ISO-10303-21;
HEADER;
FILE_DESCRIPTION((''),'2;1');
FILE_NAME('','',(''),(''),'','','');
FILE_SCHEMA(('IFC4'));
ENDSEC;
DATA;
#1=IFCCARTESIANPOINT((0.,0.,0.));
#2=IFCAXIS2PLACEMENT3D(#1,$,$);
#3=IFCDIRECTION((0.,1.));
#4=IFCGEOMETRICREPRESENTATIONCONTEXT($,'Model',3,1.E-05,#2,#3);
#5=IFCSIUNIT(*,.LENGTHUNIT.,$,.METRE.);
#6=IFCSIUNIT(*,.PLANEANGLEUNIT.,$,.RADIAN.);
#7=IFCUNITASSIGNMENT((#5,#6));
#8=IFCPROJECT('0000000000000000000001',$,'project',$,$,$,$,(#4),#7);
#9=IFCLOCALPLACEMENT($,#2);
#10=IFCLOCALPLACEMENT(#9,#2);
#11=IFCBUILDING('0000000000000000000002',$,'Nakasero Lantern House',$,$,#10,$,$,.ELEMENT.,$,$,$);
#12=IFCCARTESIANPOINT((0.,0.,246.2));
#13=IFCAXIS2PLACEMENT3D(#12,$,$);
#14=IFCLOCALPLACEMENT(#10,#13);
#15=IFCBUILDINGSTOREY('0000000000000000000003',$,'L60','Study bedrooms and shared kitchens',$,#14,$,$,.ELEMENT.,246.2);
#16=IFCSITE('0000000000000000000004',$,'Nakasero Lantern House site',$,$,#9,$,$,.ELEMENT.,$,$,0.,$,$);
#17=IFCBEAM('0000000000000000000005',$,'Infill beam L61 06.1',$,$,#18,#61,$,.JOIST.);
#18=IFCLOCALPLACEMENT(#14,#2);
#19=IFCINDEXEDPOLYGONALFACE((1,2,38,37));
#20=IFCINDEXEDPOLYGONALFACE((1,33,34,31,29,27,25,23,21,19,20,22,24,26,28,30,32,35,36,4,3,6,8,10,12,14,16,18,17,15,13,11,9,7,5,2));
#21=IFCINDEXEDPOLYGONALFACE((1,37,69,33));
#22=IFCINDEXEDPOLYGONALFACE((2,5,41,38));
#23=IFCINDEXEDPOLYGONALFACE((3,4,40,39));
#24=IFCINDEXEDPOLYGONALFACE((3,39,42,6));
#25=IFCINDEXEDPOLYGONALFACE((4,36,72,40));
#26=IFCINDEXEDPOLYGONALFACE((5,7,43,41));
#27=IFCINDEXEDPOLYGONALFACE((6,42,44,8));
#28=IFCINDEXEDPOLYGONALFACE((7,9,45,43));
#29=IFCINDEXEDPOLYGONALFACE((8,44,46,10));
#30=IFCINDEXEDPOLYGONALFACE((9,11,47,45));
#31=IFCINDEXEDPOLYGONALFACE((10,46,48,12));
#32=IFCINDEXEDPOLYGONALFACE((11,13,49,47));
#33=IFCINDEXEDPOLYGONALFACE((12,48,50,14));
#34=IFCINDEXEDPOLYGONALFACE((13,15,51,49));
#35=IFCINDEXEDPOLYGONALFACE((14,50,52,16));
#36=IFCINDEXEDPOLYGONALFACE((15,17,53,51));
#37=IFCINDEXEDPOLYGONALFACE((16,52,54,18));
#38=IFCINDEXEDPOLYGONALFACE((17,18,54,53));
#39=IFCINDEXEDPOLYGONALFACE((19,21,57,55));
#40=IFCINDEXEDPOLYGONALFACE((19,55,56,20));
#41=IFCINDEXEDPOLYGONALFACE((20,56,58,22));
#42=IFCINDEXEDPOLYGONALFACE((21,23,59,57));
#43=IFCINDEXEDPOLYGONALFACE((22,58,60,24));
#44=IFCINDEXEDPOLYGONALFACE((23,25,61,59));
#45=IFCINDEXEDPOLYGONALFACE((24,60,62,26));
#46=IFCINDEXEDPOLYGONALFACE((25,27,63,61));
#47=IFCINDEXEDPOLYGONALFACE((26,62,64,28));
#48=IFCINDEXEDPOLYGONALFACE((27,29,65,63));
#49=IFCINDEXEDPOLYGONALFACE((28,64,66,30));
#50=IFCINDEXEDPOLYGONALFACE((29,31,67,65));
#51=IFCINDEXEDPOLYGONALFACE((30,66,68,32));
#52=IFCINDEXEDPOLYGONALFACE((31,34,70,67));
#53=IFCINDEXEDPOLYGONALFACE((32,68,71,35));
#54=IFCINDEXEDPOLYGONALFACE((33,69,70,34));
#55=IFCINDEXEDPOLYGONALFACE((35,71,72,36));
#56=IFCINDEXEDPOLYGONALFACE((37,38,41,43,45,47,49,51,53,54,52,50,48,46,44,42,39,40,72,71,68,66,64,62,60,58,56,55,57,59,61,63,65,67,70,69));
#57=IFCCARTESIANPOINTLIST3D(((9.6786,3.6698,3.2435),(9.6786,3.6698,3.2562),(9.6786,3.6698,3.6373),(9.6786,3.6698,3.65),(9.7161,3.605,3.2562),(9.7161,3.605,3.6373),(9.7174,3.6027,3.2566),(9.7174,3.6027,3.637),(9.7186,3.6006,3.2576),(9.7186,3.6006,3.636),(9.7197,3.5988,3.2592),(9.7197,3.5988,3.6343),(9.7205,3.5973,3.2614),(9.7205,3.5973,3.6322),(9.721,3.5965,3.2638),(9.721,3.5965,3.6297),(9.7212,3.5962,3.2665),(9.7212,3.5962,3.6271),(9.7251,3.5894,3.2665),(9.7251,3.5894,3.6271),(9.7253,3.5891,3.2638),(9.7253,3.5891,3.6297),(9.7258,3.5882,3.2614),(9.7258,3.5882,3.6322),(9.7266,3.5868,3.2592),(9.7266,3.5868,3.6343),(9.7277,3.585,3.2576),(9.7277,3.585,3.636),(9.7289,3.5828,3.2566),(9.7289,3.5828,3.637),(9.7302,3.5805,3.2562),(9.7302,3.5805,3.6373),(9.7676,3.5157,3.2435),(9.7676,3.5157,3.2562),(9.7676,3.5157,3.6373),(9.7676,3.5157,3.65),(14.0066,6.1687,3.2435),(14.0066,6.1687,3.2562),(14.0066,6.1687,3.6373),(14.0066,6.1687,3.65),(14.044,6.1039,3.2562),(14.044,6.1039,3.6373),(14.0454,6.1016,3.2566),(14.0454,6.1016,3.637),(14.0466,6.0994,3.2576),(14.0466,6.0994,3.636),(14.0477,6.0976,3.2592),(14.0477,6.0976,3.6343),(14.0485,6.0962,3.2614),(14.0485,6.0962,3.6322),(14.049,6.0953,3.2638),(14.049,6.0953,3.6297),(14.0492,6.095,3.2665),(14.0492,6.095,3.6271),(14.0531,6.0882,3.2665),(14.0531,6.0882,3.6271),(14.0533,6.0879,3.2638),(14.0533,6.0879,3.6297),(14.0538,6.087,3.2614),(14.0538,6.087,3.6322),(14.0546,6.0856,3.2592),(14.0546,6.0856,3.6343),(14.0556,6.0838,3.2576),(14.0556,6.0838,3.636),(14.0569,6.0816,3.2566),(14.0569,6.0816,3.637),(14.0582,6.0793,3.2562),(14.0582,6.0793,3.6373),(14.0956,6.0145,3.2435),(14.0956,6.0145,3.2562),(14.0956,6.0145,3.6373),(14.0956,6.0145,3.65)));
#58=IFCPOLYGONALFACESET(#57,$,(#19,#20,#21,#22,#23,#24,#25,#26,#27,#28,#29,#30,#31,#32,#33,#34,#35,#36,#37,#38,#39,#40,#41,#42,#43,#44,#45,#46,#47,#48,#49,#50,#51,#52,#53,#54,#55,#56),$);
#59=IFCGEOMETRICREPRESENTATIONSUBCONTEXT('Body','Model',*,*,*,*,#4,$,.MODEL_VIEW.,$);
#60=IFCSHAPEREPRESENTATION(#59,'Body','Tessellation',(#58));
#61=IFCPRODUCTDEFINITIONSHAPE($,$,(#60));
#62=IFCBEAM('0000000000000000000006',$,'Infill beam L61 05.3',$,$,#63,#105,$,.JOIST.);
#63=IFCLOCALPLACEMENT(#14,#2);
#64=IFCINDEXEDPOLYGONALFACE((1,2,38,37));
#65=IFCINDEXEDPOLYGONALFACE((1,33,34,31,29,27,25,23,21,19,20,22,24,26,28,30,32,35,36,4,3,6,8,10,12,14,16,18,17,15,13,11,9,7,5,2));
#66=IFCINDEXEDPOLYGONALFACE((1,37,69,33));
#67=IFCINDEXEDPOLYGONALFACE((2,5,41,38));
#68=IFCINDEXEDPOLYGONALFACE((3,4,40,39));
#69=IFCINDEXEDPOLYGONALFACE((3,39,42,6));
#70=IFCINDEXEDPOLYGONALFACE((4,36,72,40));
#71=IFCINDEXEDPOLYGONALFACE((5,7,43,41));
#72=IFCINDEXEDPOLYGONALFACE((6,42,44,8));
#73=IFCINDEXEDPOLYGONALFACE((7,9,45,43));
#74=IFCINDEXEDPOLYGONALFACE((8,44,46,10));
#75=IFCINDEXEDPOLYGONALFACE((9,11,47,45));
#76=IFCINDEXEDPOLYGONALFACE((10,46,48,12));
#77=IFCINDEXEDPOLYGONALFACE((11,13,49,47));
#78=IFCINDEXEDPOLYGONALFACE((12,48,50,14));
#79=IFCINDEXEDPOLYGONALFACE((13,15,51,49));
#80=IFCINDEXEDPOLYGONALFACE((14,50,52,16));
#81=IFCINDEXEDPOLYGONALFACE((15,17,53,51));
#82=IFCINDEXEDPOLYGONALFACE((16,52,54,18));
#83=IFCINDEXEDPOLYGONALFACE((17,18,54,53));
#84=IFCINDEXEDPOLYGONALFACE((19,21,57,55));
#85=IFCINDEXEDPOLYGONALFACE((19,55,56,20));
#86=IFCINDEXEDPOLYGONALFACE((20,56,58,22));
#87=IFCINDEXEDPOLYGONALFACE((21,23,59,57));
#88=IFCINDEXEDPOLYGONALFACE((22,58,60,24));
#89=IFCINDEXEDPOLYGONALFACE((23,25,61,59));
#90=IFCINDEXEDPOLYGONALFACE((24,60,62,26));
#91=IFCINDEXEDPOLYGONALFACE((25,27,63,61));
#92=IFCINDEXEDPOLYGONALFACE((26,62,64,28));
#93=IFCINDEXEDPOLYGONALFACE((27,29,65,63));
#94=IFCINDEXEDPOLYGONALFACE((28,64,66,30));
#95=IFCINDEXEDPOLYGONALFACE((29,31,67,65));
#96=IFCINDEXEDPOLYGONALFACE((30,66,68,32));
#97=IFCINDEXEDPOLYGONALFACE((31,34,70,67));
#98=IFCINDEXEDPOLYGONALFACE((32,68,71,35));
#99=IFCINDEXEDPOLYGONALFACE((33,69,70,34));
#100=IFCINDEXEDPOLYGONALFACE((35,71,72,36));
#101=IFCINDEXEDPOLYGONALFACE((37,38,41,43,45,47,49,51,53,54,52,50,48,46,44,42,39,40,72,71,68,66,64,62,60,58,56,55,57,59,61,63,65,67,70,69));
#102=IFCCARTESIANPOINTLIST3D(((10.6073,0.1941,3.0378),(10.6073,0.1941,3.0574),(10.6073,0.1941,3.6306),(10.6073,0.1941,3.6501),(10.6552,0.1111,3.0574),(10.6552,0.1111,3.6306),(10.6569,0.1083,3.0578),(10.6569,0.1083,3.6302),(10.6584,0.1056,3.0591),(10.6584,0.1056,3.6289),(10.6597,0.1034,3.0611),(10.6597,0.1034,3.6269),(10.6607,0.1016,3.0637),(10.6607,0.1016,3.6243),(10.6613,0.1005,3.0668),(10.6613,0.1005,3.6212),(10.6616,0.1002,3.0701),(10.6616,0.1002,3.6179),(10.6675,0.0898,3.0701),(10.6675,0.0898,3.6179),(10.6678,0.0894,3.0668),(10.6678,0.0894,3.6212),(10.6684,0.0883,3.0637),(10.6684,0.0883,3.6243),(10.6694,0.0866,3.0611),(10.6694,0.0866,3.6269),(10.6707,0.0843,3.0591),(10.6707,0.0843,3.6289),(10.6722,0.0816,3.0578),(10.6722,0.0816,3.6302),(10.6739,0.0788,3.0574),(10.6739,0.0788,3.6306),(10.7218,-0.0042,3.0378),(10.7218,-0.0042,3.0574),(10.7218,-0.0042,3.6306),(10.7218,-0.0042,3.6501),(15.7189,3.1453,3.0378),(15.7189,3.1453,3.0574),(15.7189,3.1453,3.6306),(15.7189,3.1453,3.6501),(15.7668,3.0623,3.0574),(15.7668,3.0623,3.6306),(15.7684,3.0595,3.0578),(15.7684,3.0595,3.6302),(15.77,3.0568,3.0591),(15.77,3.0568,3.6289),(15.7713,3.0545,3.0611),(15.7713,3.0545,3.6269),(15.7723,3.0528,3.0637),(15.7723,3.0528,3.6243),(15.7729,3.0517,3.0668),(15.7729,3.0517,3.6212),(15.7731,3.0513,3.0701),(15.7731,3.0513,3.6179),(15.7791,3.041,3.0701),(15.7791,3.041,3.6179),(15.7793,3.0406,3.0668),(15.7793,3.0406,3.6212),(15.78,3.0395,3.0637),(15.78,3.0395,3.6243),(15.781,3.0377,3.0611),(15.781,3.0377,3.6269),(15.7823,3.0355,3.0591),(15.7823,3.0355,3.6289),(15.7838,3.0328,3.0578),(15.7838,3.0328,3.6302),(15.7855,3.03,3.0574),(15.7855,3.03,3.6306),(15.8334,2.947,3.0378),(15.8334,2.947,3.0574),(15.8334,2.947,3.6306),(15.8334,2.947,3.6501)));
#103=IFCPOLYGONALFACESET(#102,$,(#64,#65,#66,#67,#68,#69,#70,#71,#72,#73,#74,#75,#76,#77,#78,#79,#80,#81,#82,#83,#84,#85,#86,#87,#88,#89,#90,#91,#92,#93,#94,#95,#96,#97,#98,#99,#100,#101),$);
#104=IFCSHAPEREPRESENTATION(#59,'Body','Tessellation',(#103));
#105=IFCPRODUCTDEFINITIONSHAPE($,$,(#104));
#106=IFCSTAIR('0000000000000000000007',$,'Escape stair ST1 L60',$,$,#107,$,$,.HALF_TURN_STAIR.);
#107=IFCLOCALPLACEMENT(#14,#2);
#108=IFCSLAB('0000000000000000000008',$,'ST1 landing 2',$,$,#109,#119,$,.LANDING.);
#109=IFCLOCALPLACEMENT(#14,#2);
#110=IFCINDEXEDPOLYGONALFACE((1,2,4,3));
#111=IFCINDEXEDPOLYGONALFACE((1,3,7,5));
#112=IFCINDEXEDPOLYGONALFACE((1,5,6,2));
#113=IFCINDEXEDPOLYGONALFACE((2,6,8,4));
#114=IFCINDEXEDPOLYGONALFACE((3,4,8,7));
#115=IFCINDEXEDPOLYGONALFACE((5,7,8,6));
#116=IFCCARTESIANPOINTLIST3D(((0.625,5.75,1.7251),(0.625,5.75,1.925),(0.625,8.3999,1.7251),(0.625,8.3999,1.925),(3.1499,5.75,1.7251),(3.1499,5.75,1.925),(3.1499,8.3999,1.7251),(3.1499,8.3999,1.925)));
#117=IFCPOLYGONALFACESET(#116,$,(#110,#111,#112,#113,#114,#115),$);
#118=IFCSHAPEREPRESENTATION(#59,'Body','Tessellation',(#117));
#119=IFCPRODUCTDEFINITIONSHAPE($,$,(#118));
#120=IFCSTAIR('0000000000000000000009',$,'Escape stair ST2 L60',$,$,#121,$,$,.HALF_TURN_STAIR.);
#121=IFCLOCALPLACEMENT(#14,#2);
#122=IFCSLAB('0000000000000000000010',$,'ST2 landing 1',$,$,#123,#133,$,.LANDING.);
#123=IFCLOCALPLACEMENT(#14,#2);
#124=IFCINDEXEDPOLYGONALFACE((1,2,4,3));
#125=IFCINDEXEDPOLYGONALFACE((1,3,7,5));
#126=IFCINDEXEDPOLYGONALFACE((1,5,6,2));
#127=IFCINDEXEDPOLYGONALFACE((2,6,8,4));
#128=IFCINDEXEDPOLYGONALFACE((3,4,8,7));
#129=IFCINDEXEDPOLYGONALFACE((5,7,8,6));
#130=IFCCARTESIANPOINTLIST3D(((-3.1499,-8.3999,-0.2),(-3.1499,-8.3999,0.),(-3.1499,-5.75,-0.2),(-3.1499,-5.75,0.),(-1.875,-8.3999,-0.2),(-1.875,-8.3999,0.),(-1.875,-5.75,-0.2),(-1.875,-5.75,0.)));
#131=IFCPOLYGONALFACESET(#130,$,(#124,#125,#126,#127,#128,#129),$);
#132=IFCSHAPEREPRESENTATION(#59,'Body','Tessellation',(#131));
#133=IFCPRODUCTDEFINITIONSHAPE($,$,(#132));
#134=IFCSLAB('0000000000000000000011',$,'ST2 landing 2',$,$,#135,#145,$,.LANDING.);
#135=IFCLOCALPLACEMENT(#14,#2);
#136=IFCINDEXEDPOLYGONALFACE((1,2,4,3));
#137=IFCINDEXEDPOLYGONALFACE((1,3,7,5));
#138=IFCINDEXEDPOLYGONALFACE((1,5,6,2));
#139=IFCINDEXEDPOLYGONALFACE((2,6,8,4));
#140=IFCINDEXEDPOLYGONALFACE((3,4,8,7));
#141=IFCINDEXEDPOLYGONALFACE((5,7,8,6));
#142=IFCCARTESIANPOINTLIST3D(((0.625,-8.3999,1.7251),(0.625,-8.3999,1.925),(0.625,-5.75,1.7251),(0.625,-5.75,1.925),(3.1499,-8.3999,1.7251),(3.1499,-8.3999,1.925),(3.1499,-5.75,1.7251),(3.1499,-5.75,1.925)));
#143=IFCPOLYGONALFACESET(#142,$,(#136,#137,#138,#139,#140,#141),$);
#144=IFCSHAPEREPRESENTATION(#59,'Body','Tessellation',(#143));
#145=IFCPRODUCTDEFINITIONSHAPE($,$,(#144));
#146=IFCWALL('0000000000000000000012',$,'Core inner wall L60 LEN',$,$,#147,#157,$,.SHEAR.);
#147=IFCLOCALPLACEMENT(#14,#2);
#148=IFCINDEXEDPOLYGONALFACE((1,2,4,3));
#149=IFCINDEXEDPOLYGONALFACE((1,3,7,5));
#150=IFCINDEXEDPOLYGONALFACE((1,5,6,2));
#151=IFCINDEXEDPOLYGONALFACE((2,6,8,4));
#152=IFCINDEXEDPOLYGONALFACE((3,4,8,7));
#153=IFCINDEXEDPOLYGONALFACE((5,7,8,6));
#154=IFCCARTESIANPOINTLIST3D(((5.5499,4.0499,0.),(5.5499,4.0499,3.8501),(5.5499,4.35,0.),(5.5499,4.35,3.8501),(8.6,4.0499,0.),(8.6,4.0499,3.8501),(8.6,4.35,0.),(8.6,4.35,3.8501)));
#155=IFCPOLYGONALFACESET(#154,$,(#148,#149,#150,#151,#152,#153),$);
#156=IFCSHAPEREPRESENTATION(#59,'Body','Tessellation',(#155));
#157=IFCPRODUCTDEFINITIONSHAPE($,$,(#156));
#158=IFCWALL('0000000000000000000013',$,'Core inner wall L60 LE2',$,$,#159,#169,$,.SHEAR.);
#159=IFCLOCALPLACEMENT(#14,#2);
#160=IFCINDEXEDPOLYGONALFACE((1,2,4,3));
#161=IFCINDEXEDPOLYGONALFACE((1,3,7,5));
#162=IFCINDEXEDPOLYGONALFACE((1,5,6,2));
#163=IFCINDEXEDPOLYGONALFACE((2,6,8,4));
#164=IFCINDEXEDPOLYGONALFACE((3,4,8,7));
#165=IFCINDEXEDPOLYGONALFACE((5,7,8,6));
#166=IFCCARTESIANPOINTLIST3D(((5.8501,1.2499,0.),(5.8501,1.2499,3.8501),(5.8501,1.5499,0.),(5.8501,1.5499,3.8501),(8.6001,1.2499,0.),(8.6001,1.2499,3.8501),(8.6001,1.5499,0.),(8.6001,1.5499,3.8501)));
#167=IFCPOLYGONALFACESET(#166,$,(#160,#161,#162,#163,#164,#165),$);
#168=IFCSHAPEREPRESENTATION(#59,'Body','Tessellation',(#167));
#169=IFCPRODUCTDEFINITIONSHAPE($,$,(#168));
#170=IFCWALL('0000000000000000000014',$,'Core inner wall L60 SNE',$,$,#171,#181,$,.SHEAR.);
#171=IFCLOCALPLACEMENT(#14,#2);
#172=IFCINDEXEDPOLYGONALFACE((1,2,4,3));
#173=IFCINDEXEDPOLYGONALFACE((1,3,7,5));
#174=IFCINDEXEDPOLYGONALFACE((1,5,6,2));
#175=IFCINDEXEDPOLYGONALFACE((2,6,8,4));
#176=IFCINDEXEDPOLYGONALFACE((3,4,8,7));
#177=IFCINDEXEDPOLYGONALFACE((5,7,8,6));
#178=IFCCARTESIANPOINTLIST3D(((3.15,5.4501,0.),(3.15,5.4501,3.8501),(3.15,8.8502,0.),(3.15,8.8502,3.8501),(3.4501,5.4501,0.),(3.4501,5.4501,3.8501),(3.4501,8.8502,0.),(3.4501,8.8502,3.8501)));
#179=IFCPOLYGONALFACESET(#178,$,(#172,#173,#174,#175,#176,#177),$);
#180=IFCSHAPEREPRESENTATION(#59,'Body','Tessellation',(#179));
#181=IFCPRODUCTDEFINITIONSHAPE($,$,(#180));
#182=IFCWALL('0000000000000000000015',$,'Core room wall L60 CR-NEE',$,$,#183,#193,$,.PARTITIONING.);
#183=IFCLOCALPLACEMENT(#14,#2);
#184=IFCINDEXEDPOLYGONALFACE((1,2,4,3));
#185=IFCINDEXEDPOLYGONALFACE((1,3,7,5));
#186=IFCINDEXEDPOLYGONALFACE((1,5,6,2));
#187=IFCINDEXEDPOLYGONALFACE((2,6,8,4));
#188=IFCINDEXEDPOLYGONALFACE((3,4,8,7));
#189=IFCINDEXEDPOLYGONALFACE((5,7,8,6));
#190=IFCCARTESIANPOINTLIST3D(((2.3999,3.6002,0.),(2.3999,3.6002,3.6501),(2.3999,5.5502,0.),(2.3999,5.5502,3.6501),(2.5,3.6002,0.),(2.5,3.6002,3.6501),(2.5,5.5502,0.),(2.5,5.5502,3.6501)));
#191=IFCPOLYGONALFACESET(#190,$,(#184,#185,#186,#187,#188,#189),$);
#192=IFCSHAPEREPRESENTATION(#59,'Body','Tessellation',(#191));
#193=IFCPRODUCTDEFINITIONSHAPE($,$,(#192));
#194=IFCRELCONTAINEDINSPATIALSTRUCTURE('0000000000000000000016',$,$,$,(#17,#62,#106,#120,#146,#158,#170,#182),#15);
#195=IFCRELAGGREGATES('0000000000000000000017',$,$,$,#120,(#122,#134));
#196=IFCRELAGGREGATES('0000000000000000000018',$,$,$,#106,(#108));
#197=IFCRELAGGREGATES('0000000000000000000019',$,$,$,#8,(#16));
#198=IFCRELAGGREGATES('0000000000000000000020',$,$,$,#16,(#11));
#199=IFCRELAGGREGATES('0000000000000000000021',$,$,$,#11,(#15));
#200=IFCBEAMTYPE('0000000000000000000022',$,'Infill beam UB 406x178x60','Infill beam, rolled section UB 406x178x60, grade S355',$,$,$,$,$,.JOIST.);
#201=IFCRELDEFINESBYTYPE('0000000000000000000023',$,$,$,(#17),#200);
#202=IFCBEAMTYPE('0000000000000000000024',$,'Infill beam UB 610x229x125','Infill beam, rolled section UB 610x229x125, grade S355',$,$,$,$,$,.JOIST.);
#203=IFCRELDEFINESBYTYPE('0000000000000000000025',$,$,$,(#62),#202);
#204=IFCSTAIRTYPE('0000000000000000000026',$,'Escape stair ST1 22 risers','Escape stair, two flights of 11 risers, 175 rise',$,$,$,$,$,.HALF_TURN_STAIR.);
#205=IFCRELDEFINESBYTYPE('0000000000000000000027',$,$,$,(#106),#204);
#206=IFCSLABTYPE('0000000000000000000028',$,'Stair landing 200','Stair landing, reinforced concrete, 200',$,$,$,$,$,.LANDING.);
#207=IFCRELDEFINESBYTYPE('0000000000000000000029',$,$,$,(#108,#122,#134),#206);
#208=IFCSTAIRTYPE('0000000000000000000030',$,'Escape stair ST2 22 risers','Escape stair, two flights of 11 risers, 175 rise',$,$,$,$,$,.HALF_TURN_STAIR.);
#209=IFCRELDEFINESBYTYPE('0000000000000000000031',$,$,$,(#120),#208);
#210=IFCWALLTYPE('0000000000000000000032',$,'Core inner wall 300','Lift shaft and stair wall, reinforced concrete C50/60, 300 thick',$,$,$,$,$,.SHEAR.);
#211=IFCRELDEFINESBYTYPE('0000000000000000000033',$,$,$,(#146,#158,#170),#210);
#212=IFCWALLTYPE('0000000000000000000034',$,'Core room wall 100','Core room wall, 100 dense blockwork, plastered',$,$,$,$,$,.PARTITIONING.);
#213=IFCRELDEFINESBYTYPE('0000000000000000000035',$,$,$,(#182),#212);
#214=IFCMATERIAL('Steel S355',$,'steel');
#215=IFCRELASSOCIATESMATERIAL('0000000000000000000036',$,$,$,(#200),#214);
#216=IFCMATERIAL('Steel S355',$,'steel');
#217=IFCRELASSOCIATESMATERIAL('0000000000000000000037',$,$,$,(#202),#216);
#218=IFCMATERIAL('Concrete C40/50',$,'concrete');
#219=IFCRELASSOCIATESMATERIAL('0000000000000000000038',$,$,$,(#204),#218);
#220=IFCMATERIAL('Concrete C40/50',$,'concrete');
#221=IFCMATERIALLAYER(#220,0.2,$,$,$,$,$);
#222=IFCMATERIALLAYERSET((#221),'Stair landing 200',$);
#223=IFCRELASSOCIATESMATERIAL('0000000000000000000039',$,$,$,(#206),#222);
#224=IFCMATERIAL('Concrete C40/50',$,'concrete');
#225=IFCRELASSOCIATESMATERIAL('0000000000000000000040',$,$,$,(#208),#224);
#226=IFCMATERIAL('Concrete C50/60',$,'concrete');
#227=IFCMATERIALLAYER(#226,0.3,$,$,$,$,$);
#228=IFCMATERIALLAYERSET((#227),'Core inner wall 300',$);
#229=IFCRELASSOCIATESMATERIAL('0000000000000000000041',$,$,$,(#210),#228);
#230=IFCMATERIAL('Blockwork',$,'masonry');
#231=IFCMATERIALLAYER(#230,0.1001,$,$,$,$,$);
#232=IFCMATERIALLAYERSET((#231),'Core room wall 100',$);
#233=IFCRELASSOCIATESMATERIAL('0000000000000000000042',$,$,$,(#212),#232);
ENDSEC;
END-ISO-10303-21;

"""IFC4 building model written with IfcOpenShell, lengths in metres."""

from ifc_helpers import new_model, si_unit, direction, frame, frame_2d, origin, origin_2d, place, context, subcontext, project, spatial, polyline, rectangle, i_section, outline, extrude, material, layer, layer_set, material_profile, profile_set, type_object, element, aggregate, save


model = new_model("IFC4")

# Units and contexts
model_context = context("Model", 3, precision=1e-05, world=origin(), true_north=direction((0.0, 1.0)))
body_context = subcontext(model_context, "Body", "Model", "MODEL_VIEW")
ifc_project = project(units=[si_unit("LENGTHUNIT", "METRE"), si_unit("PLANEANGLEUNIT", "RADIAN")], contexts=[model_context])

# Site, building, storey
site_placement = place(None, origin())
site = spatial("IfcSite", under=ifc_project, at=site_placement, Name="Nakasero Lantern House site", CompositionType="ELEMENT", RefElevation=0.0)
building_placement = place(site_placement, origin())
building = spatial("IfcBuilding", under=site, at=building_placement, Name="Nakasero Lantern House", CompositionType="ELEMENT")
storey_placement = place(building_placement, frame((0.0, 0.0, 246.2)))
storey = spatial("IfcBuildingStorey", under=building, at=storey_placement, Name="L60", Description="Study bedrooms and shared kitchens", CompositionType="ELEMENT", Elevation=246.2)

# Beams
ifc_material_1 = material(Name="Steel S355", Category="steel")
ifc_material_profile_1 = material_profile(ifc_material_1, i_section(OverallWidth=0.178, OverallDepth=0.4065, WebThickness=0.0078, FlangeThickness=0.0127, FilletRadius=0.0103, at=origin_2d()), Name="UB 406x178x60")
ifc_profile_set_1 = profile_set([ifc_material_profile_1], Name="Steel S355")
beam_type_1 = type_object("IfcBeamType", Name="Infill beam UB 406x178x60", Description="Infill beam, rolled section UB 406x178x60, grade S355", PredefinedType="JOIST", material=ifc_profile_set_1)
beam_1_placement = place(storey_placement, frame((9.7231, 3.5928, 3.4468), z_axis=(0.866019, 0.500011, 0.0), x_axis=(-0.500011, 0.866019, 0.0)))
element("IfcBeam", 1, at=beam_1_placement, inside=storey, type_object=beam_type_1, Name="Infill beam L61 06.1", PredefinedType="JOIST", context=body_context, shape_type="SweptSolid", body=[
    extrude(i_section(OverallWidth=0.178, OverallDepth=0.4065, WebThickness=0.0078, FlangeThickness=0.0127, FilletRadius=0.0103, at=origin_2d()), origin(), (0.0, 0.0, 1.0), 4.9976),
])
ifc_material_2 = material(Name="Steel S355", Category="steel")
ifc_material_profile_2 = material_profile(ifc_material_2, i_section(OverallWidth=0.229, OverallDepth=0.6123, WebThickness=0.012, FlangeThickness=0.0195, FilletRadius=0.0127, at=origin_2d()), Name="UB 610x229x125")
ifc_profile_set_2 = profile_set([ifc_material_profile_2], Name="Steel S355")
beam_type_2 = type_object("IfcBeamType", Name="Infill beam UB 610x229x125", Description="Infill beam, rolled section UB 610x229x125, grade S355", PredefinedType="JOIST", material=ifc_profile_set_2)
beam_2_placement = place(storey_placement, frame((10.6646, 0.095, 3.344), z_axis=(0.866025, 0.500001, 0.0), x_axis=(-0.500001, 0.866025, 0.0)))
element("IfcBeam", 2, at=beam_2_placement, inside=storey, type_object=beam_type_2, Name="Infill beam L61 05.3", PredefinedType="JOIST", context=body_context, shape_type="SweptSolid", body=[
    extrude(i_section(OverallWidth=0.229, OverallDepth=0.6123, WebThickness=0.012, FlangeThickness=0.0195, FilletRadius=0.0127, at=origin_2d()), origin(), (0.0, 0.0, 1.0), 5.9023),
])

# Stair, slab
ifc_material_3 = material(Name="Concrete C40/50", Category="concrete")
stair_type_1 = type_object("IfcStairType", Name="Escape stair ST1 22 risers", Description="Escape stair, two flights of 11 risers, 175 rise", PredefinedType="HALF_TURN_STAIR", material=ifc_material_3)
stair_1_placement = place(storey_placement, origin())
stair_1 = element("IfcStair", 3, at=stair_1_placement, inside=storey, type_object=stair_type_1, Name="Escape stair ST1 L60", PredefinedType="HALF_TURN_STAIR")
ifc_material_4 = material(Name="Concrete C40/50", Category="concrete")
ifc_layer_1 = layer(ifc_material_4, 0.2)
ifc_layer_set_1 = layer_set([ifc_layer_1], Name="Stair landing 200")
slab_type = type_object("IfcSlabType", Name="Stair landing 200", Description="Stair landing, reinforced concrete, 200", PredefinedType="LANDING", material=ifc_layer_set_1)
slab_1_placement = place(storey_placement, frame((0.0, 0.0, 1.7251)))
slab_1 = element("IfcSlab", 4, at=slab_1_placement, type_object=slab_type, Name="ST1 landing 2", PredefinedType="LANDING", context=body_context, shape_type="SweptSolid", body=[
    extrude(outline(polyline([(0.625, 5.75), (3.1499, 5.75), (3.1499, 8.3999), (0.625, 8.3999), (0.625, 5.75)])), origin(), (0.0, 0.0, 1.0), 0.2),
])

# Stair, slabs
ifc_material_5 = material(Name="Concrete C40/50", Category="concrete")
stair_type_2 = type_object("IfcStairType", Name="Escape stair ST2 22 risers", Description="Escape stair, two flights of 11 risers, 175 rise", PredefinedType="HALF_TURN_STAIR", material=ifc_material_5)
stair_2_placement = place(storey_placement, origin())
stair_2 = element("IfcStair", 5, at=stair_2_placement, inside=storey, type_object=stair_type_2, Name="Escape stair ST2 L60", PredefinedType="HALF_TURN_STAIR")
slab_2_placement = place(storey_placement, frame((0.0, 0.0, -0.2)))
slab_2 = element("IfcSlab", 6, at=slab_2_placement, type_object=slab_type, Name="ST2 landing 1", PredefinedType="LANDING", context=body_context, shape_type="SweptSolid", body=[
    extrude(outline(polyline([(-3.1499, -8.3999), (-1.875, -8.3999), (-1.875, -5.75), (-3.1499, -5.75), (-3.1499, -8.3999)])), origin(), (0.0, 0.0, 1.0), 0.2),
])
slab_3_placement = place(storey_placement, frame((0.0, 0.0, 1.7251)))
slab_3 = element("IfcSlab", 7, at=slab_3_placement, type_object=slab_type, Name="ST2 landing 2", PredefinedType="LANDING", context=body_context, shape_type="SweptSolid", body=[
    extrude(outline(polyline([(0.625, -8.3999), (3.1499, -8.3999), (3.1499, -5.75), (0.625, -5.75), (0.625, -8.3999)])), origin(), (0.0, 0.0, 1.0), 0.2),
])
aggregate(stair_2, [slab_2, slab_3])

# Walls
ifc_material_6 = material(Name="Concrete C50/60", Category="concrete")
ifc_layer_2 = layer(ifc_material_6, 0.3)
ifc_layer_set_2 = layer_set([ifc_layer_2], Name="Core inner wall 300")
wall_type_1 = type_object("IfcWallType", Name="Core inner wall 300", Description="Lift shaft and stair wall, reinforced concrete C50/60, 300 thick", PredefinedType="SHEAR", material=ifc_layer_set_2)
wall_1_placement = place(storey_placement, frame((5.55, 4.2, 0.0), z_axis=(0.0, 0.0, 1.0), x_axis=(1.0, 0.0, 0.0)))
element("IfcWall", 8, at=wall_1_placement, inside=storey, type_object=wall_type_1, Name="Core inner wall L60 LEN", PredefinedType="SHEAR", context=body_context, shape_type="SweptSolid", body=[
    extrude(rectangle(XDim=3.05, YDim=0.3, at=frame_2d((1.5249, 0.0))), origin(), (0.0, 0.0, 1.0), 3.8501),
])
wall_2_placement = place(storey_placement, frame((5.8501, 1.3999, 0.0), z_axis=(0.0, 0.0, 1.0), x_axis=(1.0, 0.0, 0.0)))
element("IfcWall", 9, at=wall_2_placement, inside=storey, type_object=wall_type_1, Name="Core inner wall L60 LE2", PredefinedType="SHEAR", context=body_context, shape_type="SweptSolid", body=[
    extrude(rectangle(XDim=2.75, YDim=0.3, at=frame_2d((1.375, 0.0))), origin(), (0.0, 0.0, 1.0), 3.8501),
])
wall_3_placement = place(storey_placement, frame((3.3, 5.45, 0.0), z_axis=(0.0, 0.0, 1.0), x_axis=(0.0, 1.0, 0.0)))
element("IfcWall", 10, at=wall_3_placement, inside=storey, type_object=wall_type_1, Name="Core inner wall L60 SNE", PredefinedType="SHEAR", context=body_context, shape_type="SweptSolid", body=[
    extrude(rectangle(XDim=3.4001, YDim=0.3, at=frame_2d((1.7002, 0.0))), origin(), (0.0, 0.0, 1.0), 3.8501),
])
ifc_material_7 = material(Name="Blockwork", Category="masonry")
ifc_layer_3 = layer(ifc_material_7, 0.1001)
ifc_layer_set_3 = layer_set([ifc_layer_3], Name="Core room wall 100")
wall_type_2 = type_object("IfcWallType", Name="Core room wall 100", Description="Core room wall, 100 dense blockwork, plastered", PredefinedType="PARTITIONING", material=ifc_layer_set_3)
wall_4_placement = place(storey_placement, frame((2.45, 3.6001, 0.0), z_axis=(0.0, 0.0, 1.0), x_axis=(0.0, 1.0, 0.0)))
element("IfcWall", 11, at=wall_4_placement, inside=storey, type_object=wall_type_2, Name="Core room wall L60 CR-NEE", PredefinedType="PARTITIONING", context=body_context, shape_type="SweptSolid", body=[
    extrude(rectangle(XDim=1.95, YDim=0.1001, at=frame_2d((0.9751, 0.0))), origin(), (0.0, 0.0, 1.0), 3.6501),
])

aggregate(stair_1, [slab_1])

save(model, "model.ifc")
